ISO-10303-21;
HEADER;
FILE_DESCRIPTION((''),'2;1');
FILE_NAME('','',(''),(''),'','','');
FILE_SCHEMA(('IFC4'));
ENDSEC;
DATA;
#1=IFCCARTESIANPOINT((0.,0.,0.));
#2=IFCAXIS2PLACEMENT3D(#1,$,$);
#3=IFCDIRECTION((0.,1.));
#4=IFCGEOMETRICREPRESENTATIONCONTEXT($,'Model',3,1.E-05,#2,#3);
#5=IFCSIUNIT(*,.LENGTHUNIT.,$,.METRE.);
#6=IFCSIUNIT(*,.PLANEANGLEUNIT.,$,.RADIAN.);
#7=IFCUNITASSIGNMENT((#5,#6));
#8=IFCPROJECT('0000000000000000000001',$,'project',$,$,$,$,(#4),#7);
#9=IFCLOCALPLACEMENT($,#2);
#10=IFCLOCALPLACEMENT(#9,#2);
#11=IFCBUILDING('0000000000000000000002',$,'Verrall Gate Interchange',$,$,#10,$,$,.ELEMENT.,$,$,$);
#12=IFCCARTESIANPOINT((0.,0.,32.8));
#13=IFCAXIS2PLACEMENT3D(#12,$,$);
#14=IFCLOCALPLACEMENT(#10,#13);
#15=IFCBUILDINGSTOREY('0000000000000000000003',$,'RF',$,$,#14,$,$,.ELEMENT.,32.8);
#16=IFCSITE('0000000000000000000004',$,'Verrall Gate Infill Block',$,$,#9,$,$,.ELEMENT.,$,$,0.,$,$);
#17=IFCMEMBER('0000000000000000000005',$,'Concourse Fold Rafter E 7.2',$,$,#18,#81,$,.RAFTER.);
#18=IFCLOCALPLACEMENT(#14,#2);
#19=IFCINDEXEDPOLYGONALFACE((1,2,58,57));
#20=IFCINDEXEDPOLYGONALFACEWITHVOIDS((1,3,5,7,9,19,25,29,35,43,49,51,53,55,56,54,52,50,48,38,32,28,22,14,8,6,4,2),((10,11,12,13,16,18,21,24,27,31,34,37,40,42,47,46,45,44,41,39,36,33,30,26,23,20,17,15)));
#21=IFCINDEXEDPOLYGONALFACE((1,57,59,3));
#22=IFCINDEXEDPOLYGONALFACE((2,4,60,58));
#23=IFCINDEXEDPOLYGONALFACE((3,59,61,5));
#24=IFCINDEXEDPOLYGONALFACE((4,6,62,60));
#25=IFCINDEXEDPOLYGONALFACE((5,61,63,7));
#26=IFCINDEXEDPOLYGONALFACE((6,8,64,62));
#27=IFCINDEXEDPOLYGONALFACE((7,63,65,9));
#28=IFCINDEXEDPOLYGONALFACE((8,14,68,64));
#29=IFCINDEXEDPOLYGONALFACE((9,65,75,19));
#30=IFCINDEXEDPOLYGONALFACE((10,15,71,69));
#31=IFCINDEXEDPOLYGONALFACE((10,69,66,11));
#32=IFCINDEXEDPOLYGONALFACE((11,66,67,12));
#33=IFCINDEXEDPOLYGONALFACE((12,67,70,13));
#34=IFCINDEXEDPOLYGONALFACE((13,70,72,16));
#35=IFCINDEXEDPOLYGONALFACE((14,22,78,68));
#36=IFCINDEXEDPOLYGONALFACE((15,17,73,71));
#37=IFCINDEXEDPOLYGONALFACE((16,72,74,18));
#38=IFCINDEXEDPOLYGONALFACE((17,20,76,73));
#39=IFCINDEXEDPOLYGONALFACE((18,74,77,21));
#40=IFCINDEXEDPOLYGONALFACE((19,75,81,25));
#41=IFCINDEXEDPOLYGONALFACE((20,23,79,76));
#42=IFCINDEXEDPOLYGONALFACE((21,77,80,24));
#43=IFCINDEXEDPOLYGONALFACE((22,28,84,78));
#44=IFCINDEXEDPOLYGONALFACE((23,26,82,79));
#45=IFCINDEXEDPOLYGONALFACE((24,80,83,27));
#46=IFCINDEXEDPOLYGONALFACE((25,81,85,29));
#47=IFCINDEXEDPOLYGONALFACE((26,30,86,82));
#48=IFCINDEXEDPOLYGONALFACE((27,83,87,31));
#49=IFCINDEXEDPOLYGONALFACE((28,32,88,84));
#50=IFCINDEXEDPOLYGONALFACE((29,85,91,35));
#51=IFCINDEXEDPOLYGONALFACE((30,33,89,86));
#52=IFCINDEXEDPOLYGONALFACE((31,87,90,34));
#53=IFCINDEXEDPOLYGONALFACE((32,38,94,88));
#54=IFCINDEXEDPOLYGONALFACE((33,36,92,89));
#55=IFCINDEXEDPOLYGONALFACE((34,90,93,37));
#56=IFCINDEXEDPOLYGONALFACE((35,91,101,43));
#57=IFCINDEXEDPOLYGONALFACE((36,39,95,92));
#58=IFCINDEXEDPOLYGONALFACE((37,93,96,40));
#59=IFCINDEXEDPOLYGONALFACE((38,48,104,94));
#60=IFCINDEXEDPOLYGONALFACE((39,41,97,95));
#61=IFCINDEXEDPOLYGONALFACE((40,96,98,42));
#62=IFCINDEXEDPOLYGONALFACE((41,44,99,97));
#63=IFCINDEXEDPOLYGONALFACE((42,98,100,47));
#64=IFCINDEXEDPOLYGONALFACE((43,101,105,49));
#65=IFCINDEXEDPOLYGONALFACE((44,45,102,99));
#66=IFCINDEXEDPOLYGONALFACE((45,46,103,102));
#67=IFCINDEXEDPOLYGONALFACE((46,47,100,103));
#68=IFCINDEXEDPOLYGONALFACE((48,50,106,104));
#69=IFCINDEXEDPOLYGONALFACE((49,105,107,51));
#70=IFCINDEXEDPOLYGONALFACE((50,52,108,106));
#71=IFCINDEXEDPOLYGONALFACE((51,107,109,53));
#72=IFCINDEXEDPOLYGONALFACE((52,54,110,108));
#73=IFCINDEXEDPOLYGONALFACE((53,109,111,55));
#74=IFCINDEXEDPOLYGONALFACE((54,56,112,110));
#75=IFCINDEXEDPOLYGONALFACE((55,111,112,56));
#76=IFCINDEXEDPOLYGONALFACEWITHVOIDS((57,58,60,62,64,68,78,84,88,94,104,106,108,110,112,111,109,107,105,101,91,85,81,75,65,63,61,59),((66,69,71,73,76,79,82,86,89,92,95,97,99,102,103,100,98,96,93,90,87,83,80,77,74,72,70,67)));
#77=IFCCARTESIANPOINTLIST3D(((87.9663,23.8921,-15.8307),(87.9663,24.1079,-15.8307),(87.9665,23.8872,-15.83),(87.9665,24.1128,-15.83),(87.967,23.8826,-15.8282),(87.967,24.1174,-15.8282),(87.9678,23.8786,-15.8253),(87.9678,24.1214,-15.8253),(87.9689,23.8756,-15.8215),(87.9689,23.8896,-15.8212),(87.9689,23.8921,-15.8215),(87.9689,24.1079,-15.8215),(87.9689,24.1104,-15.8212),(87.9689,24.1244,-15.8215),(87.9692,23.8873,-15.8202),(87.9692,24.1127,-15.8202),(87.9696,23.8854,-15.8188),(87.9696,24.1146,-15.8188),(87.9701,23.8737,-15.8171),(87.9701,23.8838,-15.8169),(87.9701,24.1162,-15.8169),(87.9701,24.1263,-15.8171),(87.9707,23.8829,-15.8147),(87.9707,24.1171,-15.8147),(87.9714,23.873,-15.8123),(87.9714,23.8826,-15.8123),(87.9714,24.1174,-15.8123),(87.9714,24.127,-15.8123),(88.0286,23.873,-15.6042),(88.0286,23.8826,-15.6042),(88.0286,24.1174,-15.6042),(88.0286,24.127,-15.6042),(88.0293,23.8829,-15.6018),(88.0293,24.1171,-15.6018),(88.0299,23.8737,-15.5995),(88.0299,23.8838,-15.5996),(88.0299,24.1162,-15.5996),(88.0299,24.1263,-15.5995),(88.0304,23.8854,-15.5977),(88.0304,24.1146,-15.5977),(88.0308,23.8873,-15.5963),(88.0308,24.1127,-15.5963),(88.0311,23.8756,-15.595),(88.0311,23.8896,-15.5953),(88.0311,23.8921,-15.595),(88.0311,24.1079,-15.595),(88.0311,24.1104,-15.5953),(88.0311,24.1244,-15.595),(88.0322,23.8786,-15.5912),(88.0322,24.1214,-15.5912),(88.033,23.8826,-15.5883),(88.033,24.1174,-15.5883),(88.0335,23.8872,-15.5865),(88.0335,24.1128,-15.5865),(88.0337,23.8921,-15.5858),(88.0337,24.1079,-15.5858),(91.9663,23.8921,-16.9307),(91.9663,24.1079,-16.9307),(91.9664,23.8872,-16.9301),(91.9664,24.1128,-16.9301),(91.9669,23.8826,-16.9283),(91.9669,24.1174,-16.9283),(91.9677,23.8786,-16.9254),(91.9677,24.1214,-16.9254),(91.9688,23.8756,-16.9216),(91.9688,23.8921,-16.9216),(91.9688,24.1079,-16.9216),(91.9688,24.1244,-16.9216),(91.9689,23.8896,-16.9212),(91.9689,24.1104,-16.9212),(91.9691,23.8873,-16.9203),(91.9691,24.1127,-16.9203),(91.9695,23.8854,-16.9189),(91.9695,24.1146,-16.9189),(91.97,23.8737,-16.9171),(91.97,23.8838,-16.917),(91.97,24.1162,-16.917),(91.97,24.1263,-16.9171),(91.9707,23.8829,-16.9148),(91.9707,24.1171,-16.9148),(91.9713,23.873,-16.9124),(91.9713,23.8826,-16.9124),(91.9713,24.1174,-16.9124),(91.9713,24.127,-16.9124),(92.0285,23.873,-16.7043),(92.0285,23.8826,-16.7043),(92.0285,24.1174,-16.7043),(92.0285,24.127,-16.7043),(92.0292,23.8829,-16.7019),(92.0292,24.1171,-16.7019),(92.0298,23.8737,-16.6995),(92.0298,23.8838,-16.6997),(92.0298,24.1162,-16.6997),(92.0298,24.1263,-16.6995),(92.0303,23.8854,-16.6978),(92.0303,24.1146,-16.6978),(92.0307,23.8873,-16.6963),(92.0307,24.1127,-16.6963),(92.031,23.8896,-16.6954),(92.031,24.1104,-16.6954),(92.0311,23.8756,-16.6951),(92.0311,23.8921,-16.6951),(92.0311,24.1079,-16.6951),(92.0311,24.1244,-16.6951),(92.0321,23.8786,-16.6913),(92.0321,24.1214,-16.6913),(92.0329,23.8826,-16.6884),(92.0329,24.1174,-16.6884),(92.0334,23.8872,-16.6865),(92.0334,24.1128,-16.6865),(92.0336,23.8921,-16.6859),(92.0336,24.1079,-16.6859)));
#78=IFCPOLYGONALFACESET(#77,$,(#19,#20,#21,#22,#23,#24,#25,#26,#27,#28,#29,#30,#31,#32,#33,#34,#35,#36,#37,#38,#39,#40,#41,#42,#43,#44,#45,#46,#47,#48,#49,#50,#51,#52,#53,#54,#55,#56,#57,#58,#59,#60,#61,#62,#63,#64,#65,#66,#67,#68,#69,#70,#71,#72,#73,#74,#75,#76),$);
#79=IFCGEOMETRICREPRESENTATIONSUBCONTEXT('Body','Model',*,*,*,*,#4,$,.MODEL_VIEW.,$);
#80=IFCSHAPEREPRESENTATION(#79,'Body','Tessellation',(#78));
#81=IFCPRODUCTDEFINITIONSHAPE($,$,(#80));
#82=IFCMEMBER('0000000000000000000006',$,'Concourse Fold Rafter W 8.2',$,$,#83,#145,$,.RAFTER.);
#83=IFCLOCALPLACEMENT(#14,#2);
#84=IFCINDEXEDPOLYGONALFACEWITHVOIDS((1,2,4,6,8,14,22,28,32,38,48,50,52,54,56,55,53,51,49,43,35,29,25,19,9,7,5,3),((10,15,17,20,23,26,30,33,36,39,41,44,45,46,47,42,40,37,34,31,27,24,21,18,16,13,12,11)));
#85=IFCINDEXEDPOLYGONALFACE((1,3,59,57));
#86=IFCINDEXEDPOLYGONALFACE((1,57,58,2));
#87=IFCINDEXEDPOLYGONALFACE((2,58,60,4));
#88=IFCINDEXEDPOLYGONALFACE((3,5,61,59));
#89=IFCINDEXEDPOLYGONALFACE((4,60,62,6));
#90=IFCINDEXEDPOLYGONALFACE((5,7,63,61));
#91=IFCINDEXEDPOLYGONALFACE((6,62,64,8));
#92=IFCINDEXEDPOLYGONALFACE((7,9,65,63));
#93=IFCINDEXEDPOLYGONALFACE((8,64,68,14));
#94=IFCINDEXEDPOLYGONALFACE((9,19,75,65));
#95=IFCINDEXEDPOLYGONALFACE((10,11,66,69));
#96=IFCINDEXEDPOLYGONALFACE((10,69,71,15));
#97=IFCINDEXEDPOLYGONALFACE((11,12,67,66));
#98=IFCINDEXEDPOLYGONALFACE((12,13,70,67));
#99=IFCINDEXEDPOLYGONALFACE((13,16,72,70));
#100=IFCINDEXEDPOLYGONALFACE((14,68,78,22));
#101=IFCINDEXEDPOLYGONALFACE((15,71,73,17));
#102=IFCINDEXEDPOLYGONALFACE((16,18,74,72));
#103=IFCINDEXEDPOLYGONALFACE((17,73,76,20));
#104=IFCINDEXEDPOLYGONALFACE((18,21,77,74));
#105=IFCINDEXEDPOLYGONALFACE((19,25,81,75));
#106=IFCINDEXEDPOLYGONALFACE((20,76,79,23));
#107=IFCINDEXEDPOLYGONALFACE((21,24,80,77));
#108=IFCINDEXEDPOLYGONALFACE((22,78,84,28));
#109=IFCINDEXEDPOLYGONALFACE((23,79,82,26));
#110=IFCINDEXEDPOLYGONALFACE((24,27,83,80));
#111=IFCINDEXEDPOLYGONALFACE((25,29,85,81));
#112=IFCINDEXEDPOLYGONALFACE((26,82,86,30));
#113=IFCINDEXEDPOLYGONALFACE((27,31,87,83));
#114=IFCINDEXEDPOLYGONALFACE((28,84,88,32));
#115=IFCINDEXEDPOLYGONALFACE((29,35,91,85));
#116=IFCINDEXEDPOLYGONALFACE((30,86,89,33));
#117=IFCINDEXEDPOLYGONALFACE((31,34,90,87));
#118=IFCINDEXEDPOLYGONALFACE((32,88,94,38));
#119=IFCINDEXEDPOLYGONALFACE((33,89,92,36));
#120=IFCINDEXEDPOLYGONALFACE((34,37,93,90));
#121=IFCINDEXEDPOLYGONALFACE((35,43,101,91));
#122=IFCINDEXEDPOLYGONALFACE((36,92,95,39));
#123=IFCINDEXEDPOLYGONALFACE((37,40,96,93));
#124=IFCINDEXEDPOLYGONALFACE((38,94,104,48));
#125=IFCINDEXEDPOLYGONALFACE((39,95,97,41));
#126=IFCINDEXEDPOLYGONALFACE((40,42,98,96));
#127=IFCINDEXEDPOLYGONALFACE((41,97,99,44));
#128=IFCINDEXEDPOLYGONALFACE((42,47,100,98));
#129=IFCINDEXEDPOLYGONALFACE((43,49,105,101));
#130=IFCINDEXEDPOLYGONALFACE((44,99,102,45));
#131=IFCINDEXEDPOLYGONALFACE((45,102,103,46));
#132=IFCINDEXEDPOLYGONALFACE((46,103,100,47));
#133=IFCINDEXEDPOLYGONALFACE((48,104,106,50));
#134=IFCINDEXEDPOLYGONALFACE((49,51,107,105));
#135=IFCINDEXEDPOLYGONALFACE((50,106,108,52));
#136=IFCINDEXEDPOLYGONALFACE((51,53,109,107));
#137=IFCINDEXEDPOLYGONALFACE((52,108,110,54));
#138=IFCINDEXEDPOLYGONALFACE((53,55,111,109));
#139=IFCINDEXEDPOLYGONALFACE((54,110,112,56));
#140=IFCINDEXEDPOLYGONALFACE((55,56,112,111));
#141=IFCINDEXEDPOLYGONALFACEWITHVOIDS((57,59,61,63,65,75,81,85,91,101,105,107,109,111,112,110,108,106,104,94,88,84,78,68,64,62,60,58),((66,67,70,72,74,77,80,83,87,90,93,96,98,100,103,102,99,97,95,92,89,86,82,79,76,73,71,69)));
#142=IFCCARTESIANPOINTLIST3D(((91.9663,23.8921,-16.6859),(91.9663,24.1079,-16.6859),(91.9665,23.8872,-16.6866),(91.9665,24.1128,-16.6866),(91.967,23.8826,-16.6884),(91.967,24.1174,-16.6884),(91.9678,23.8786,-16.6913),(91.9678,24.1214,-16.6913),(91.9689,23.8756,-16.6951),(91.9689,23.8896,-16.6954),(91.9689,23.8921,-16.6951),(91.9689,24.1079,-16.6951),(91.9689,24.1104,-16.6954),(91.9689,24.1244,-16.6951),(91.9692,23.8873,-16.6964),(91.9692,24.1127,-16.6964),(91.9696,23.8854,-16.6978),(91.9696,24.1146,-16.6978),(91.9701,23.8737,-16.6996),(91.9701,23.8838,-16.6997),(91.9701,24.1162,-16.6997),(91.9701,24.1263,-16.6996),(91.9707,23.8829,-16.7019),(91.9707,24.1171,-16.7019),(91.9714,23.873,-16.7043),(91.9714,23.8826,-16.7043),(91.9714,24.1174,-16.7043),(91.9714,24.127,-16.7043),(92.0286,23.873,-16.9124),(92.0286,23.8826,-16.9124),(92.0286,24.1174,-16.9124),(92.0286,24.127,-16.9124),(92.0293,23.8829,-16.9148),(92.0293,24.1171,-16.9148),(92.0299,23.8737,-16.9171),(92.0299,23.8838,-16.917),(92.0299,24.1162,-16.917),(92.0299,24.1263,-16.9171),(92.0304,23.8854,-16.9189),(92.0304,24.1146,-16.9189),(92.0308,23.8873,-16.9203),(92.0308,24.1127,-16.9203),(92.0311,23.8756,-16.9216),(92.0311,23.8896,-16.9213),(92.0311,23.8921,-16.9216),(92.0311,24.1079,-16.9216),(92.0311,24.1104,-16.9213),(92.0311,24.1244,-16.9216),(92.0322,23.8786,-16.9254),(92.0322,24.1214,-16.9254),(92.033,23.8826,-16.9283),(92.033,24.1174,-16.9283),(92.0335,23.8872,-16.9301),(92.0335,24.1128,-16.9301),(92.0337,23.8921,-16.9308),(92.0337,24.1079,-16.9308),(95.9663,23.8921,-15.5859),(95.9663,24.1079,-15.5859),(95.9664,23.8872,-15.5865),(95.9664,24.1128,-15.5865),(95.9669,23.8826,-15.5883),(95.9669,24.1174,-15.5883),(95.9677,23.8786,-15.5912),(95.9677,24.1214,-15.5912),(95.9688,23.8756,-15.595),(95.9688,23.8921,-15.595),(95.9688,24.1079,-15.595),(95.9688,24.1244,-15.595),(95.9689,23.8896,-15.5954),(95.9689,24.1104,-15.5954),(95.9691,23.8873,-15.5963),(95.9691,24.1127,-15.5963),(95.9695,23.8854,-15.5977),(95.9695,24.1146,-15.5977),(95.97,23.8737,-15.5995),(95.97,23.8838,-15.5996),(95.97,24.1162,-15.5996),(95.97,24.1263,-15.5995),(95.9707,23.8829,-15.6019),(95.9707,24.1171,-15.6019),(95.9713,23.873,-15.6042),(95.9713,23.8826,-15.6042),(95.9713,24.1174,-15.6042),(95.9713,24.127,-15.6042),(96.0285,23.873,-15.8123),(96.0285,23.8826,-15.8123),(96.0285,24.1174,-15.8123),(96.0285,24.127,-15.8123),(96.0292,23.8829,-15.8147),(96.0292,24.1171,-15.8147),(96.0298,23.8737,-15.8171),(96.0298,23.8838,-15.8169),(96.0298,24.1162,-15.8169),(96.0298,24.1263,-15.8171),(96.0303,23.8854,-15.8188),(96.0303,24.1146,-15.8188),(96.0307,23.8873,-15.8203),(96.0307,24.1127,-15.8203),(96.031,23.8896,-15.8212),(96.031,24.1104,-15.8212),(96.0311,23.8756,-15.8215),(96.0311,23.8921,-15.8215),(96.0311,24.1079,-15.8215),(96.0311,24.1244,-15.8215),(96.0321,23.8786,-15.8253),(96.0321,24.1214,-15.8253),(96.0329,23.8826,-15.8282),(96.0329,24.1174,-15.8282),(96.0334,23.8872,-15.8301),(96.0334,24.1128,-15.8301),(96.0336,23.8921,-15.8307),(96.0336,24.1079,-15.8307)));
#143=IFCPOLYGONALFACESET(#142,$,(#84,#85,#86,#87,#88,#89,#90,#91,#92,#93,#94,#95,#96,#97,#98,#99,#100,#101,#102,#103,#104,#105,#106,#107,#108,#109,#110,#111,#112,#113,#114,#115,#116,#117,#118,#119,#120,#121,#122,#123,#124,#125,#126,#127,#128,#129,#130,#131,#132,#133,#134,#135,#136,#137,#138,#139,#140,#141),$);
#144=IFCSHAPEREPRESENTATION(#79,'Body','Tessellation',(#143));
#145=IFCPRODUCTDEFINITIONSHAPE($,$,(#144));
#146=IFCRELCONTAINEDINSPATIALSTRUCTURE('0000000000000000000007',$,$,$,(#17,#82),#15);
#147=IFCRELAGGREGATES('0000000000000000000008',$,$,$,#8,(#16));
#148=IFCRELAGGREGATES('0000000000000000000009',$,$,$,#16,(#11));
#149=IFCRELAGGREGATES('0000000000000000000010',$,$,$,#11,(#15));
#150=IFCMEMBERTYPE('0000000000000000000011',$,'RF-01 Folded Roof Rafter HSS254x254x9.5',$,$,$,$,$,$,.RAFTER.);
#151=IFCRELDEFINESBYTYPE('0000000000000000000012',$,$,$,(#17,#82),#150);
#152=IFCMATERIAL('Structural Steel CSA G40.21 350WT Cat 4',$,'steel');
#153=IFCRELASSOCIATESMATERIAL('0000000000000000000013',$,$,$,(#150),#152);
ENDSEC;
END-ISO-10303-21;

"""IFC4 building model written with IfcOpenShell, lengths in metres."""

from ifc_helpers import new_model, si_unit, direction, frame, origin, origin_2d, place, context, subcontext, project, spatial, hollow_rectangle, extrude, material, material_profile, profile_set, type_object, element, save


model = new_model("IFC4")

# Units and contexts
model_context = context("Model", 3, precision=1e-05, world=origin(), true_north=direction((0.0, 1.0)))
body_context = subcontext(model_context, "Body", "Model", "MODEL_VIEW")
ifc_project = project(units=[si_unit("LENGTHUNIT", "METRE"), si_unit("PLANEANGLEUNIT", "RADIAN")], contexts=[model_context])

# Site, building, storey
site_placement = place(None, origin())
site = spatial("IfcSite", under=ifc_project, at=site_placement, Name="Verrall Gate Infill Block", CompositionType="ELEMENT", RefElevation=0.0)
building_placement = place(site_placement, origin())
building = spatial("IfcBuilding", under=site, at=building_placement, Name="Verrall Gate Interchange", CompositionType="ELEMENT")
storey_placement = place(building_placement, frame((0.0, 0.0, 32.8)))
storey = spatial("IfcBuildingStorey", under=building, at=storey_placement, Name="RF", CompositionType="ELEMENT", Elevation=32.8)

# Members
ifc_material_1 = material(Name="Structural Steel CSA G40.21 350WT Cat 4", Category="steel")
ifc_material_profile_1 = material_profile(ifc_material_1, hollow_rectangle(XDim=0.2539, YDim=0.2539, WallThickness=0.0095, InnerFilletRadius=0.0095, OuterFilletRadius=0.019, at=origin_2d()), Name="HSS254x254x9.5")
ifc_profile_set_1 = profile_set([ifc_material_profile_1], Name="Structural Steel CSA G40.21 350WT Cat 4")
member_type_1 = type_object("IfcMemberType", Name="RF-01 Folded Roof Rafter HSS254x254x9.5", PredefinedType="RAFTER", material=ifc_profile_set_1)
for number, where, z_axis, x_axis, name in (
    (1, (88.0, 24.0, -15.7083), (0.964199, 0.0, -0.265178), (0.0, 1.0, 0.0), "Concourse Fold Rafter E 7.2"),
    (2, (92.0, 24.0, -16.8083), (0.964199, 0.0, 0.265178), (0.0, 1.0, 0.0), "Concourse Fold Rafter W 8.2"),
):
    element("IfcMember", number, at=place(storey_placement, frame(where, z_axis=z_axis, x_axis=x_axis)), inside=storey, type_object=member_type_1, Name=name, PredefinedType="RAFTER", context=body_context, shape_type="SweptSolid", body=[
        extrude(hollow_rectangle(XDim=0.2539, YDim=0.2539, WallThickness=0.0095, InnerFilletRadius=0.0095, OuterFilletRadius=0.019, at=origin_2d()), origin(), (0.0, 0.0, 1.0), 4.1484),
    ])

save(model, "model.ifc")
